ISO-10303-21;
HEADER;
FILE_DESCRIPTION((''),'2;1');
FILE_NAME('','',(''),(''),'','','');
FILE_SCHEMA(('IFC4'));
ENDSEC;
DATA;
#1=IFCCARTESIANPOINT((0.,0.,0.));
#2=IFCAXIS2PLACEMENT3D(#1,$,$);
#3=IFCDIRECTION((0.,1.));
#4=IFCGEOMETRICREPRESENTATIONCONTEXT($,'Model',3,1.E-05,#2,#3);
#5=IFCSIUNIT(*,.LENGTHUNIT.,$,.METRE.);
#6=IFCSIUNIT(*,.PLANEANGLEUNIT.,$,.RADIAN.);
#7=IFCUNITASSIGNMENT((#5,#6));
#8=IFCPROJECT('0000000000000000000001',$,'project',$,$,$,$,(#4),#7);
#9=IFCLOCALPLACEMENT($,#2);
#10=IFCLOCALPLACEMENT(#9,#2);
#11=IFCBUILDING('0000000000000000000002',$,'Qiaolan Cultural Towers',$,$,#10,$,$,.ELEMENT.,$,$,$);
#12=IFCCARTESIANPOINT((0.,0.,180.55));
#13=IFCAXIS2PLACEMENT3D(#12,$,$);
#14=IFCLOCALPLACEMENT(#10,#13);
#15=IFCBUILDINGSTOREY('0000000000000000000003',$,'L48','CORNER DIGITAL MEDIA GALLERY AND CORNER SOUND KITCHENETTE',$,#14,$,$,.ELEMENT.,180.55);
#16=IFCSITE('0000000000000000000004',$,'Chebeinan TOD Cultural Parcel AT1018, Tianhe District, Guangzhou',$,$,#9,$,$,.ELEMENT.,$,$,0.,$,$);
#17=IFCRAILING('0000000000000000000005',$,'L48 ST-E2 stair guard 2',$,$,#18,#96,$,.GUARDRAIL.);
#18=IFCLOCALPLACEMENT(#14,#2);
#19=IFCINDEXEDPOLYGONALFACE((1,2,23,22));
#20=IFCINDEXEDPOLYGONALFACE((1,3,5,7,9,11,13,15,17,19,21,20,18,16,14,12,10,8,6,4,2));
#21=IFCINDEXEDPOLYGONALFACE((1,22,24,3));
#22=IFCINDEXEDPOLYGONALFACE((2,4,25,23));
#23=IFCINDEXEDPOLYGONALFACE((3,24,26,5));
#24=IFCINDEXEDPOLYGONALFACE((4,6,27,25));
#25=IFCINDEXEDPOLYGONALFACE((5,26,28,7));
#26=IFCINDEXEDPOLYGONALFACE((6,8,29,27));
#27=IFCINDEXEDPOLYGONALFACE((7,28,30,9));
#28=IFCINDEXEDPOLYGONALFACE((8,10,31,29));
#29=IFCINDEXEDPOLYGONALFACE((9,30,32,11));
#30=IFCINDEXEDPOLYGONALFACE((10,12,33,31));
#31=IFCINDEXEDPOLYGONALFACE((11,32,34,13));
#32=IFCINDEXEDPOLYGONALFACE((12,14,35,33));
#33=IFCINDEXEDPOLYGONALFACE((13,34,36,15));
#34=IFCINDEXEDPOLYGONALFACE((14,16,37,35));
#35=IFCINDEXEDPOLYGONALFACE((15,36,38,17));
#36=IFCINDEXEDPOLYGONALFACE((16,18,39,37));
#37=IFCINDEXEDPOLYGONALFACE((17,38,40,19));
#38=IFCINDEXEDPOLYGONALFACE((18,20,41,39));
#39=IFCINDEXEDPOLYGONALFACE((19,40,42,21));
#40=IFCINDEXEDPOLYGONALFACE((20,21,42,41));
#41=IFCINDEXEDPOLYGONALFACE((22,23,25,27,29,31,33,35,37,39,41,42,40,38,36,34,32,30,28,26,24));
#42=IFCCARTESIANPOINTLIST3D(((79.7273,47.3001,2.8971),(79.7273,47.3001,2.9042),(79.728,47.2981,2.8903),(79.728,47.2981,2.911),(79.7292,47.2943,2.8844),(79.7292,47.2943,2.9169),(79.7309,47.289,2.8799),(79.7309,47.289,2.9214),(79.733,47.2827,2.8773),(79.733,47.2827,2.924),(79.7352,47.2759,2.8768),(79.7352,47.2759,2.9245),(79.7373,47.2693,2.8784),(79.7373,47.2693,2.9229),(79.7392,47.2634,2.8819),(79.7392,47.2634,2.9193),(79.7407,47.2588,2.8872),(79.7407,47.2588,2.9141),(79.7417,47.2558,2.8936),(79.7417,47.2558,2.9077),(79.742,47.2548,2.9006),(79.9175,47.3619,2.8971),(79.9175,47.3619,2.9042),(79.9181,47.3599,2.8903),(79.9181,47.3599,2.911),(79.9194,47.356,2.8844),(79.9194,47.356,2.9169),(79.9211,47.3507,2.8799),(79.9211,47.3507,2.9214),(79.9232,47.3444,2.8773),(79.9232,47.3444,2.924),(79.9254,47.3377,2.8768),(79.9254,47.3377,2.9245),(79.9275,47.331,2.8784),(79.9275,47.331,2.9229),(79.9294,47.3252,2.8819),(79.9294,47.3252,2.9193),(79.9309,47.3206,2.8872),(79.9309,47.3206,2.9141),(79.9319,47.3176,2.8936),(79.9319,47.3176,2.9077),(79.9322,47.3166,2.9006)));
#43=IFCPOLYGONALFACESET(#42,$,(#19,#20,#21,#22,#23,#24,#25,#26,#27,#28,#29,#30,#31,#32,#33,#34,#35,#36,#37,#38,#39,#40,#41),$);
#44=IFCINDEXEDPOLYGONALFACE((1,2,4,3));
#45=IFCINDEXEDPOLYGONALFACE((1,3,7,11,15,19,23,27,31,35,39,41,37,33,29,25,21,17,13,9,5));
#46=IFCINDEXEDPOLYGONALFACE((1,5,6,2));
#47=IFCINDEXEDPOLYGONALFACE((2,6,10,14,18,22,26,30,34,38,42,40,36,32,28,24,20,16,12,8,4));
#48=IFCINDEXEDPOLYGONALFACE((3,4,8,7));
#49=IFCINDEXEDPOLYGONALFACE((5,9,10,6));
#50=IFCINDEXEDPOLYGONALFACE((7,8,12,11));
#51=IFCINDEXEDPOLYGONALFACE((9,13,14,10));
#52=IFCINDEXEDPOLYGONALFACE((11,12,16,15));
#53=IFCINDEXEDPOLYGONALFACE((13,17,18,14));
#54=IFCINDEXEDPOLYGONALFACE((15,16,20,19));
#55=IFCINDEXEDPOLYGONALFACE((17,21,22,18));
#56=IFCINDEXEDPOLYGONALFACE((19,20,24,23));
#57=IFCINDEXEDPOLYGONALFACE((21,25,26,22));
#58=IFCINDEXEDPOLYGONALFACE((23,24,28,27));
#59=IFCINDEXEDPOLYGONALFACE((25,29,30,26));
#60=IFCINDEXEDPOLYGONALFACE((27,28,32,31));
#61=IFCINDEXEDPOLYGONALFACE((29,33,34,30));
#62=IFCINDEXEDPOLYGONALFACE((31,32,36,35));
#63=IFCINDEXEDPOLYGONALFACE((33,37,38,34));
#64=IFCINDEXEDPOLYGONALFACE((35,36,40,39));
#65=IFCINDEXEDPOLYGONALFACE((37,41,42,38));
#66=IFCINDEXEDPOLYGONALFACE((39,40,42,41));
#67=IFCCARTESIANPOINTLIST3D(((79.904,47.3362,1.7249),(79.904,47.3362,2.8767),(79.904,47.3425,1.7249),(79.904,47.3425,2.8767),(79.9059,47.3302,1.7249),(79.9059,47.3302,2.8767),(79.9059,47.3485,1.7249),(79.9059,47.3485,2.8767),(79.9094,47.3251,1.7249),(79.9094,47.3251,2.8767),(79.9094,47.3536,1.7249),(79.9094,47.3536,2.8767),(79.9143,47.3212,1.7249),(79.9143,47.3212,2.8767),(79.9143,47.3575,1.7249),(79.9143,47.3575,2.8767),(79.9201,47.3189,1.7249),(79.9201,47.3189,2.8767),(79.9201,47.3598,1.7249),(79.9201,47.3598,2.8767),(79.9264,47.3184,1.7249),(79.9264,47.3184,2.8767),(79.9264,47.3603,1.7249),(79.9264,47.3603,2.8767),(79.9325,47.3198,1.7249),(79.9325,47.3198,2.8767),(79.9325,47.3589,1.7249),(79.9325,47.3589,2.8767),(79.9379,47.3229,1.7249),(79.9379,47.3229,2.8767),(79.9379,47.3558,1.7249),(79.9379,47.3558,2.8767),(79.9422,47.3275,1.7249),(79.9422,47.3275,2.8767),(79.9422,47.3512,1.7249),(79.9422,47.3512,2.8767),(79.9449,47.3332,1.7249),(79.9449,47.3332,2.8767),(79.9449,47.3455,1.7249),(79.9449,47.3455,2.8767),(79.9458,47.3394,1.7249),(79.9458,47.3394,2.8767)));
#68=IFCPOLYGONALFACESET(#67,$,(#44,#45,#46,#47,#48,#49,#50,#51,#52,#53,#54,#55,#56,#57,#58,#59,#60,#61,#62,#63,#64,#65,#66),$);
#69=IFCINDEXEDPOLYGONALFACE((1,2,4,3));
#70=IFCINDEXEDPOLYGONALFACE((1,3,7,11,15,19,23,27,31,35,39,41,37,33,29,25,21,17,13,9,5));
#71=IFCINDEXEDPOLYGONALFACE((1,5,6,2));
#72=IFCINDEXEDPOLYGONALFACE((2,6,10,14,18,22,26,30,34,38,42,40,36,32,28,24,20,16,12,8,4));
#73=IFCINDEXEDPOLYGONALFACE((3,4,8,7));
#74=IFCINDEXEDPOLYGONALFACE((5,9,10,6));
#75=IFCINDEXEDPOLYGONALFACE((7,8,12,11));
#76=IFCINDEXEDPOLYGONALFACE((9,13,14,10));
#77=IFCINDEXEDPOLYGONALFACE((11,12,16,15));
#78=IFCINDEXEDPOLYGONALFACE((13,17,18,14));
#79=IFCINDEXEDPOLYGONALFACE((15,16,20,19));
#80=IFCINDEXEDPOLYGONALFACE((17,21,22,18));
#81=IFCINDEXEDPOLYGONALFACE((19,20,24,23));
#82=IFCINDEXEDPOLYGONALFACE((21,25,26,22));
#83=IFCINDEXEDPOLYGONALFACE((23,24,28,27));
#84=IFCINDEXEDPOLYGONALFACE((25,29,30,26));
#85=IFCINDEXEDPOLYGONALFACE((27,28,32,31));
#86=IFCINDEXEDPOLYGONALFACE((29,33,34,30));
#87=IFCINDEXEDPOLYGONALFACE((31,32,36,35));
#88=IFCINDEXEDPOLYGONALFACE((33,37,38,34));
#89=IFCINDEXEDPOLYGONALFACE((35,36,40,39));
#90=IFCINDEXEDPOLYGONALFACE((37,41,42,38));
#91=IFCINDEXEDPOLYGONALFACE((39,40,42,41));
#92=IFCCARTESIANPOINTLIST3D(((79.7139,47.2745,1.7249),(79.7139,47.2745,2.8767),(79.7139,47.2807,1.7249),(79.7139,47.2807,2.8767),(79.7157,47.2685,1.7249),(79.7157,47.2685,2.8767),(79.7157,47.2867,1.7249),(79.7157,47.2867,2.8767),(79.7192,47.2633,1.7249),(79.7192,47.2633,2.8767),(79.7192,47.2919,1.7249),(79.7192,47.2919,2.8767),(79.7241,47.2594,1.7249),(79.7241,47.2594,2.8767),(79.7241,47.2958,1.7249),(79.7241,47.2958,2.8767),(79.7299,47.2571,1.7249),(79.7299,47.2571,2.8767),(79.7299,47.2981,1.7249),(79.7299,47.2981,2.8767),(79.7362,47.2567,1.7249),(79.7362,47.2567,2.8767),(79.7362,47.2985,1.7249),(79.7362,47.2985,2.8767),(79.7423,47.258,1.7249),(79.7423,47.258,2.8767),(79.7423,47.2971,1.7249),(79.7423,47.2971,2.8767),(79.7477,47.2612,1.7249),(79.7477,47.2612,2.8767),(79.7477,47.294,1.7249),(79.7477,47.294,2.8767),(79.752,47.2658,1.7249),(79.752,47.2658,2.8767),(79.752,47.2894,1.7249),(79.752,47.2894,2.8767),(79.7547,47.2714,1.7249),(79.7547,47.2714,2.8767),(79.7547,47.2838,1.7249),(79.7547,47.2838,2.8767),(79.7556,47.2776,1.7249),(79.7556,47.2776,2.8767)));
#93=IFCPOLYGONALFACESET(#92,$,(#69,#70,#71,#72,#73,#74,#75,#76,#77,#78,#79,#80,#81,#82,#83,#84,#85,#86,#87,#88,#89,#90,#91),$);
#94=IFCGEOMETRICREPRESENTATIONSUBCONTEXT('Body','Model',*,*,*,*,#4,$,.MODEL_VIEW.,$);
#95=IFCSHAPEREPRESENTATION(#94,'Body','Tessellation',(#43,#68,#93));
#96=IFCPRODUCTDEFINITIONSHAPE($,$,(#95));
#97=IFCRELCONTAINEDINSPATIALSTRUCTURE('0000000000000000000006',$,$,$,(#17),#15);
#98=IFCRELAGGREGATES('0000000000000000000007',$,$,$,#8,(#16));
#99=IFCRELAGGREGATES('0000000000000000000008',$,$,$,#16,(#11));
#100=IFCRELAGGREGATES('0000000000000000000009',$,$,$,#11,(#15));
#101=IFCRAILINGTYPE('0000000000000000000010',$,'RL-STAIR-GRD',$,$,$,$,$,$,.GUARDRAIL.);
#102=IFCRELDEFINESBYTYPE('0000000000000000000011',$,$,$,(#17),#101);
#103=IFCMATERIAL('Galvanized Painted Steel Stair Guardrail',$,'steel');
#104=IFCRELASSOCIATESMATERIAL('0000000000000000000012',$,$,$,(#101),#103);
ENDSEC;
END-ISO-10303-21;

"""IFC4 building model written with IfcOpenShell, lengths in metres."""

from ifc_helpers import new_model, si_unit, direction, frame, origin, origin_2d, place, context, subcontext, project, spatial, circle, extrude, material, type_object, element, save


model = new_model("IFC4")

# Units and contexts
model_context = context("Model", 3, precision=1e-05, world=origin(), true_north=direction((0.0, 1.0)))
body_context = subcontext(model_context, "Body", "Model", "MODEL_VIEW")
ifc_project = project(units=[si_unit("LENGTHUNIT", "METRE"), si_unit("PLANEANGLEUNIT", "RADIAN")], contexts=[model_context])

# Site, building, storey
site_placement = place(None, origin())
site = spatial("IfcSite", under=ifc_project, at=site_placement, Name="Chebeinan TOD Cultural Parcel AT1018, Tianhe District, Guangzhou", CompositionType="ELEMENT", RefElevation=0.0)
building_placement = place(site_placement, origin())
building = spatial("IfcBuilding", under=site, at=building_placement, Name="Qiaolan Cultural Towers", CompositionType="ELEMENT")
storey_placement = place(building_placement, frame((0.0, 0.0, 180.55)))
storey = spatial("IfcBuildingStorey", under=building, at=storey_placement, Name="L48", Description="CORNER DIGITAL MEDIA GALLERY AND CORNER SOUND KITCHENETTE", CompositionType="ELEMENT", Elevation=180.55)

# Railing
ifc_material_1 = material(Name="Galvanized Painted Steel Stair Guardrail", Category="steel")
railing_type_1 = type_object("IfcRailingType", Name="RL-STAIR-GRD", PredefinedType="GUARDRAIL", material=ifc_material_1)
railing_1_placement = place(storey_placement, frame((79.9248, 47.3394, 1.7249)))
element("IfcRailing", 1, at=railing_1_placement, inside=storey, type_object=railing_type_1, Name="L48 ST-E2 stair guard 2", PredefinedType="GUARDRAIL", context=body_context, shape_type="SweptSolid", body=[
    extrude(circle(Radius=0.0239, at=origin_2d()), frame((0.0, 0.0, 1.1758), z_axis=(-0.951097, -0.308893, 0.0), x_axis=(0.308893, -0.951097, 0.0)), (0.0, 0.0, 1.0), 0.2),
    extrude(circle(Radius=0.021, at=origin_2d()), origin(), (0.0, 0.0, 1.0), 1.1519),
    extrude(circle(Radius=0.021, at=origin_2d()), frame((-0.1902, -0.0618, 0.0)), (0.0, 0.0, 1.0), 1.1519),
])

save(model, "model.ifc")
